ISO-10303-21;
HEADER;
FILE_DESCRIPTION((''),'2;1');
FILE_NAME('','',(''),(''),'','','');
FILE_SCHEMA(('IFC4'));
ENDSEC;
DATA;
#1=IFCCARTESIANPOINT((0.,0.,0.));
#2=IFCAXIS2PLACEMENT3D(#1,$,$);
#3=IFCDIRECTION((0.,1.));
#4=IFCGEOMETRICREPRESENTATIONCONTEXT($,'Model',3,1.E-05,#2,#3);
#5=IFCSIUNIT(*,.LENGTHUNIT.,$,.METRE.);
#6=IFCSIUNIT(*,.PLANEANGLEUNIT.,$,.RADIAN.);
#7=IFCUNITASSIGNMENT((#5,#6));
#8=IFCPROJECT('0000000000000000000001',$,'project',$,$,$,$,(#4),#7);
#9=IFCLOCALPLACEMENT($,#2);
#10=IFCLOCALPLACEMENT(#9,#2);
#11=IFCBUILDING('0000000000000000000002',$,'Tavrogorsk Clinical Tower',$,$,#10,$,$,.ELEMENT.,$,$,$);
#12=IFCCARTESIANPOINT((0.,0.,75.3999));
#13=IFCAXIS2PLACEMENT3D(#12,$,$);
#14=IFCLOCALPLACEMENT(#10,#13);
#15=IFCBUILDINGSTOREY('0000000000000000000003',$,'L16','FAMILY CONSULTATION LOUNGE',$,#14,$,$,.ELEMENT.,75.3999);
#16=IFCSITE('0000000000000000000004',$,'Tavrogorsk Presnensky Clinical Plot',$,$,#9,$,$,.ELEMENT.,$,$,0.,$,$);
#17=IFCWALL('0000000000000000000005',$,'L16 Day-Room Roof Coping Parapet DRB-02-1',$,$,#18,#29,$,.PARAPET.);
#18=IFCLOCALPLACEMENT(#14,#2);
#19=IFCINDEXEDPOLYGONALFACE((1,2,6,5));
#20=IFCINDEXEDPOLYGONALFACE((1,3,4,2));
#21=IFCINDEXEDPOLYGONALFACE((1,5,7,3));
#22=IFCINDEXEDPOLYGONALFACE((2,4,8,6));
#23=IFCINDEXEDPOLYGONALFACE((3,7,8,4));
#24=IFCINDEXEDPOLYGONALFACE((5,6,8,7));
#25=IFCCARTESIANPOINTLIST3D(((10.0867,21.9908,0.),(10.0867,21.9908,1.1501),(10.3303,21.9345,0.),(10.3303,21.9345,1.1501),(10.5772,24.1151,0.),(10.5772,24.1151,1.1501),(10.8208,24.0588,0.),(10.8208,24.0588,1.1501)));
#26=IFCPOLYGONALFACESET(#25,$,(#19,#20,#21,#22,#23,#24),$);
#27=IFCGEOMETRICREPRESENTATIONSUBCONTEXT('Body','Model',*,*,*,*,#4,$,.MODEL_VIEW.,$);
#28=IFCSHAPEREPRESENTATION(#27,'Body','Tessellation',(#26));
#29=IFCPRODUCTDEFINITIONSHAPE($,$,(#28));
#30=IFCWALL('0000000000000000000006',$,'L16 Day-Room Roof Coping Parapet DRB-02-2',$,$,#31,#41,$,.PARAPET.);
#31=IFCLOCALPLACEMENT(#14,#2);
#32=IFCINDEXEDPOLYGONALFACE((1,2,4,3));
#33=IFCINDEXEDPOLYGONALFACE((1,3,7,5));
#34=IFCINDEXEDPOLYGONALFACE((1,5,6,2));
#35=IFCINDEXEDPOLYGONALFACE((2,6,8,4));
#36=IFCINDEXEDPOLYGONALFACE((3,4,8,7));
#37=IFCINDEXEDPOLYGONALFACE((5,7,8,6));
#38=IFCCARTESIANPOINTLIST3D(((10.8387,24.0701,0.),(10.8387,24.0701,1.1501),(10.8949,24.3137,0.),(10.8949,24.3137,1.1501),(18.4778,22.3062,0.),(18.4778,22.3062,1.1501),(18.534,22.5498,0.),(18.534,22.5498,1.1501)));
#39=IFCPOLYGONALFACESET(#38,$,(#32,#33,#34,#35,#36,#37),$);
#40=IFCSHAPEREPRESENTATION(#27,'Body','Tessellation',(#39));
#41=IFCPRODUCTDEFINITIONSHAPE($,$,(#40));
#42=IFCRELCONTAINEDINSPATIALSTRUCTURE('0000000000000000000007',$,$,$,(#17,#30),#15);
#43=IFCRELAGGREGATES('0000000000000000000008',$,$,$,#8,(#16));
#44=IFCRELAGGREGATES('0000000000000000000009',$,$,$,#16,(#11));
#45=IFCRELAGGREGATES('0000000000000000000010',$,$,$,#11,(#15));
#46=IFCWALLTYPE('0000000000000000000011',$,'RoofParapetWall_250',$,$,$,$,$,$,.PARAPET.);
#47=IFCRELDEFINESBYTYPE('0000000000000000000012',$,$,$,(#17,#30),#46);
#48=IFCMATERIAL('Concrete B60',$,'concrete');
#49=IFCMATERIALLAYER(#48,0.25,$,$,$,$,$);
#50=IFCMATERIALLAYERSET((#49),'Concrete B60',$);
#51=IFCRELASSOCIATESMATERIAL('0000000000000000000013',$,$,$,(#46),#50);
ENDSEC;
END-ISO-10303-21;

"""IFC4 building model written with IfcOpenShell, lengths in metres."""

from ifc_helpers import new_model, si_unit, direction, frame, frame_2d, origin, place, context, subcontext, project, spatial, rectangle, extrude, material, layer, layer_set, type_object, element, save


model = new_model("IFC4")

# Units and contexts
model_context = context("Model", 3, precision=1e-05, world=origin(), true_north=direction((0.0, 1.0)))
body_context = subcontext(model_context, "Body", "Model", "MODEL_VIEW")
ifc_project = project(units=[si_unit("LENGTHUNIT", "METRE"), si_unit("PLANEANGLEUNIT", "RADIAN")], contexts=[model_context])

# Site, building, storey
site_placement = place(None, origin())
site = spatial("IfcSite", under=ifc_project, at=site_placement, Name="Tavrogorsk Presnensky Clinical Plot", CompositionType="ELEMENT", RefElevation=0.0)
building_placement = place(site_placement, origin())
building = spatial("IfcBuilding", under=site, at=building_placement, Name="Tavrogorsk Clinical Tower", CompositionType="ELEMENT")
storey_placement = place(building_placement, frame((0.0, 0.0, 75.3999)))
storey = spatial("IfcBuildingStorey", under=building, at=storey_placement, Name="L16", Description="FAMILY CONSULTATION LOUNGE", CompositionType="ELEMENT", Elevation=75.3999)

# Walls
ifc_material_1 = material(Name="Concrete B60", Category="concrete")
ifc_layer_1 = layer(ifc_material_1, 0.25)
ifc_layer_set_1 = layer_set([ifc_layer_1], Name="Concrete B60")
wall_type_1 = type_object("IfcWallType", Name="RoofParapetWall_250", PredefinedType="PARAPET", material=ifc_layer_set_1)
wall_1_placement = place(storey_placement, frame((10.2085, 21.9626, 0.0), z_axis=(0.0, 0.0, 1.0), x_axis=(0.224974, 0.974365, 0.0)))
element("IfcWall", 1, at=wall_1_placement, inside=storey, type_object=wall_type_1, Name="L16 Day-Room Roof Coping Parapet DRB-02-1", PredefinedType="PARAPET", context=body_context, shape_type="SweptSolid", body=[
    extrude(rectangle(XDim=2.1802, YDim=0.25, at=frame_2d((1.0901, 0.0))), origin(), (0.0, 0.0, 1.0), 1.1501),
])
wall_2_placement = place(storey_placement, frame((10.8669, 24.1919, 0.0), z_axis=(0.0, 0.0, 1.0), x_axis=(0.974362, -0.224985, 0.0)))
element("IfcWall", 2, at=wall_2_placement, inside=storey, type_object=wall_type_1, Name="L16 Day-Room Roof Coping Parapet DRB-02-2", PredefinedType="PARAPET", context=body_context, shape_type="SweptSolid", body=[
    extrude(rectangle(XDim=7.8401, YDim=0.25, at=frame_2d((3.9199, 0.0))), origin(), (0.0, 0.0, 1.0), 1.1501),
])

save(model, "model.ifc")
